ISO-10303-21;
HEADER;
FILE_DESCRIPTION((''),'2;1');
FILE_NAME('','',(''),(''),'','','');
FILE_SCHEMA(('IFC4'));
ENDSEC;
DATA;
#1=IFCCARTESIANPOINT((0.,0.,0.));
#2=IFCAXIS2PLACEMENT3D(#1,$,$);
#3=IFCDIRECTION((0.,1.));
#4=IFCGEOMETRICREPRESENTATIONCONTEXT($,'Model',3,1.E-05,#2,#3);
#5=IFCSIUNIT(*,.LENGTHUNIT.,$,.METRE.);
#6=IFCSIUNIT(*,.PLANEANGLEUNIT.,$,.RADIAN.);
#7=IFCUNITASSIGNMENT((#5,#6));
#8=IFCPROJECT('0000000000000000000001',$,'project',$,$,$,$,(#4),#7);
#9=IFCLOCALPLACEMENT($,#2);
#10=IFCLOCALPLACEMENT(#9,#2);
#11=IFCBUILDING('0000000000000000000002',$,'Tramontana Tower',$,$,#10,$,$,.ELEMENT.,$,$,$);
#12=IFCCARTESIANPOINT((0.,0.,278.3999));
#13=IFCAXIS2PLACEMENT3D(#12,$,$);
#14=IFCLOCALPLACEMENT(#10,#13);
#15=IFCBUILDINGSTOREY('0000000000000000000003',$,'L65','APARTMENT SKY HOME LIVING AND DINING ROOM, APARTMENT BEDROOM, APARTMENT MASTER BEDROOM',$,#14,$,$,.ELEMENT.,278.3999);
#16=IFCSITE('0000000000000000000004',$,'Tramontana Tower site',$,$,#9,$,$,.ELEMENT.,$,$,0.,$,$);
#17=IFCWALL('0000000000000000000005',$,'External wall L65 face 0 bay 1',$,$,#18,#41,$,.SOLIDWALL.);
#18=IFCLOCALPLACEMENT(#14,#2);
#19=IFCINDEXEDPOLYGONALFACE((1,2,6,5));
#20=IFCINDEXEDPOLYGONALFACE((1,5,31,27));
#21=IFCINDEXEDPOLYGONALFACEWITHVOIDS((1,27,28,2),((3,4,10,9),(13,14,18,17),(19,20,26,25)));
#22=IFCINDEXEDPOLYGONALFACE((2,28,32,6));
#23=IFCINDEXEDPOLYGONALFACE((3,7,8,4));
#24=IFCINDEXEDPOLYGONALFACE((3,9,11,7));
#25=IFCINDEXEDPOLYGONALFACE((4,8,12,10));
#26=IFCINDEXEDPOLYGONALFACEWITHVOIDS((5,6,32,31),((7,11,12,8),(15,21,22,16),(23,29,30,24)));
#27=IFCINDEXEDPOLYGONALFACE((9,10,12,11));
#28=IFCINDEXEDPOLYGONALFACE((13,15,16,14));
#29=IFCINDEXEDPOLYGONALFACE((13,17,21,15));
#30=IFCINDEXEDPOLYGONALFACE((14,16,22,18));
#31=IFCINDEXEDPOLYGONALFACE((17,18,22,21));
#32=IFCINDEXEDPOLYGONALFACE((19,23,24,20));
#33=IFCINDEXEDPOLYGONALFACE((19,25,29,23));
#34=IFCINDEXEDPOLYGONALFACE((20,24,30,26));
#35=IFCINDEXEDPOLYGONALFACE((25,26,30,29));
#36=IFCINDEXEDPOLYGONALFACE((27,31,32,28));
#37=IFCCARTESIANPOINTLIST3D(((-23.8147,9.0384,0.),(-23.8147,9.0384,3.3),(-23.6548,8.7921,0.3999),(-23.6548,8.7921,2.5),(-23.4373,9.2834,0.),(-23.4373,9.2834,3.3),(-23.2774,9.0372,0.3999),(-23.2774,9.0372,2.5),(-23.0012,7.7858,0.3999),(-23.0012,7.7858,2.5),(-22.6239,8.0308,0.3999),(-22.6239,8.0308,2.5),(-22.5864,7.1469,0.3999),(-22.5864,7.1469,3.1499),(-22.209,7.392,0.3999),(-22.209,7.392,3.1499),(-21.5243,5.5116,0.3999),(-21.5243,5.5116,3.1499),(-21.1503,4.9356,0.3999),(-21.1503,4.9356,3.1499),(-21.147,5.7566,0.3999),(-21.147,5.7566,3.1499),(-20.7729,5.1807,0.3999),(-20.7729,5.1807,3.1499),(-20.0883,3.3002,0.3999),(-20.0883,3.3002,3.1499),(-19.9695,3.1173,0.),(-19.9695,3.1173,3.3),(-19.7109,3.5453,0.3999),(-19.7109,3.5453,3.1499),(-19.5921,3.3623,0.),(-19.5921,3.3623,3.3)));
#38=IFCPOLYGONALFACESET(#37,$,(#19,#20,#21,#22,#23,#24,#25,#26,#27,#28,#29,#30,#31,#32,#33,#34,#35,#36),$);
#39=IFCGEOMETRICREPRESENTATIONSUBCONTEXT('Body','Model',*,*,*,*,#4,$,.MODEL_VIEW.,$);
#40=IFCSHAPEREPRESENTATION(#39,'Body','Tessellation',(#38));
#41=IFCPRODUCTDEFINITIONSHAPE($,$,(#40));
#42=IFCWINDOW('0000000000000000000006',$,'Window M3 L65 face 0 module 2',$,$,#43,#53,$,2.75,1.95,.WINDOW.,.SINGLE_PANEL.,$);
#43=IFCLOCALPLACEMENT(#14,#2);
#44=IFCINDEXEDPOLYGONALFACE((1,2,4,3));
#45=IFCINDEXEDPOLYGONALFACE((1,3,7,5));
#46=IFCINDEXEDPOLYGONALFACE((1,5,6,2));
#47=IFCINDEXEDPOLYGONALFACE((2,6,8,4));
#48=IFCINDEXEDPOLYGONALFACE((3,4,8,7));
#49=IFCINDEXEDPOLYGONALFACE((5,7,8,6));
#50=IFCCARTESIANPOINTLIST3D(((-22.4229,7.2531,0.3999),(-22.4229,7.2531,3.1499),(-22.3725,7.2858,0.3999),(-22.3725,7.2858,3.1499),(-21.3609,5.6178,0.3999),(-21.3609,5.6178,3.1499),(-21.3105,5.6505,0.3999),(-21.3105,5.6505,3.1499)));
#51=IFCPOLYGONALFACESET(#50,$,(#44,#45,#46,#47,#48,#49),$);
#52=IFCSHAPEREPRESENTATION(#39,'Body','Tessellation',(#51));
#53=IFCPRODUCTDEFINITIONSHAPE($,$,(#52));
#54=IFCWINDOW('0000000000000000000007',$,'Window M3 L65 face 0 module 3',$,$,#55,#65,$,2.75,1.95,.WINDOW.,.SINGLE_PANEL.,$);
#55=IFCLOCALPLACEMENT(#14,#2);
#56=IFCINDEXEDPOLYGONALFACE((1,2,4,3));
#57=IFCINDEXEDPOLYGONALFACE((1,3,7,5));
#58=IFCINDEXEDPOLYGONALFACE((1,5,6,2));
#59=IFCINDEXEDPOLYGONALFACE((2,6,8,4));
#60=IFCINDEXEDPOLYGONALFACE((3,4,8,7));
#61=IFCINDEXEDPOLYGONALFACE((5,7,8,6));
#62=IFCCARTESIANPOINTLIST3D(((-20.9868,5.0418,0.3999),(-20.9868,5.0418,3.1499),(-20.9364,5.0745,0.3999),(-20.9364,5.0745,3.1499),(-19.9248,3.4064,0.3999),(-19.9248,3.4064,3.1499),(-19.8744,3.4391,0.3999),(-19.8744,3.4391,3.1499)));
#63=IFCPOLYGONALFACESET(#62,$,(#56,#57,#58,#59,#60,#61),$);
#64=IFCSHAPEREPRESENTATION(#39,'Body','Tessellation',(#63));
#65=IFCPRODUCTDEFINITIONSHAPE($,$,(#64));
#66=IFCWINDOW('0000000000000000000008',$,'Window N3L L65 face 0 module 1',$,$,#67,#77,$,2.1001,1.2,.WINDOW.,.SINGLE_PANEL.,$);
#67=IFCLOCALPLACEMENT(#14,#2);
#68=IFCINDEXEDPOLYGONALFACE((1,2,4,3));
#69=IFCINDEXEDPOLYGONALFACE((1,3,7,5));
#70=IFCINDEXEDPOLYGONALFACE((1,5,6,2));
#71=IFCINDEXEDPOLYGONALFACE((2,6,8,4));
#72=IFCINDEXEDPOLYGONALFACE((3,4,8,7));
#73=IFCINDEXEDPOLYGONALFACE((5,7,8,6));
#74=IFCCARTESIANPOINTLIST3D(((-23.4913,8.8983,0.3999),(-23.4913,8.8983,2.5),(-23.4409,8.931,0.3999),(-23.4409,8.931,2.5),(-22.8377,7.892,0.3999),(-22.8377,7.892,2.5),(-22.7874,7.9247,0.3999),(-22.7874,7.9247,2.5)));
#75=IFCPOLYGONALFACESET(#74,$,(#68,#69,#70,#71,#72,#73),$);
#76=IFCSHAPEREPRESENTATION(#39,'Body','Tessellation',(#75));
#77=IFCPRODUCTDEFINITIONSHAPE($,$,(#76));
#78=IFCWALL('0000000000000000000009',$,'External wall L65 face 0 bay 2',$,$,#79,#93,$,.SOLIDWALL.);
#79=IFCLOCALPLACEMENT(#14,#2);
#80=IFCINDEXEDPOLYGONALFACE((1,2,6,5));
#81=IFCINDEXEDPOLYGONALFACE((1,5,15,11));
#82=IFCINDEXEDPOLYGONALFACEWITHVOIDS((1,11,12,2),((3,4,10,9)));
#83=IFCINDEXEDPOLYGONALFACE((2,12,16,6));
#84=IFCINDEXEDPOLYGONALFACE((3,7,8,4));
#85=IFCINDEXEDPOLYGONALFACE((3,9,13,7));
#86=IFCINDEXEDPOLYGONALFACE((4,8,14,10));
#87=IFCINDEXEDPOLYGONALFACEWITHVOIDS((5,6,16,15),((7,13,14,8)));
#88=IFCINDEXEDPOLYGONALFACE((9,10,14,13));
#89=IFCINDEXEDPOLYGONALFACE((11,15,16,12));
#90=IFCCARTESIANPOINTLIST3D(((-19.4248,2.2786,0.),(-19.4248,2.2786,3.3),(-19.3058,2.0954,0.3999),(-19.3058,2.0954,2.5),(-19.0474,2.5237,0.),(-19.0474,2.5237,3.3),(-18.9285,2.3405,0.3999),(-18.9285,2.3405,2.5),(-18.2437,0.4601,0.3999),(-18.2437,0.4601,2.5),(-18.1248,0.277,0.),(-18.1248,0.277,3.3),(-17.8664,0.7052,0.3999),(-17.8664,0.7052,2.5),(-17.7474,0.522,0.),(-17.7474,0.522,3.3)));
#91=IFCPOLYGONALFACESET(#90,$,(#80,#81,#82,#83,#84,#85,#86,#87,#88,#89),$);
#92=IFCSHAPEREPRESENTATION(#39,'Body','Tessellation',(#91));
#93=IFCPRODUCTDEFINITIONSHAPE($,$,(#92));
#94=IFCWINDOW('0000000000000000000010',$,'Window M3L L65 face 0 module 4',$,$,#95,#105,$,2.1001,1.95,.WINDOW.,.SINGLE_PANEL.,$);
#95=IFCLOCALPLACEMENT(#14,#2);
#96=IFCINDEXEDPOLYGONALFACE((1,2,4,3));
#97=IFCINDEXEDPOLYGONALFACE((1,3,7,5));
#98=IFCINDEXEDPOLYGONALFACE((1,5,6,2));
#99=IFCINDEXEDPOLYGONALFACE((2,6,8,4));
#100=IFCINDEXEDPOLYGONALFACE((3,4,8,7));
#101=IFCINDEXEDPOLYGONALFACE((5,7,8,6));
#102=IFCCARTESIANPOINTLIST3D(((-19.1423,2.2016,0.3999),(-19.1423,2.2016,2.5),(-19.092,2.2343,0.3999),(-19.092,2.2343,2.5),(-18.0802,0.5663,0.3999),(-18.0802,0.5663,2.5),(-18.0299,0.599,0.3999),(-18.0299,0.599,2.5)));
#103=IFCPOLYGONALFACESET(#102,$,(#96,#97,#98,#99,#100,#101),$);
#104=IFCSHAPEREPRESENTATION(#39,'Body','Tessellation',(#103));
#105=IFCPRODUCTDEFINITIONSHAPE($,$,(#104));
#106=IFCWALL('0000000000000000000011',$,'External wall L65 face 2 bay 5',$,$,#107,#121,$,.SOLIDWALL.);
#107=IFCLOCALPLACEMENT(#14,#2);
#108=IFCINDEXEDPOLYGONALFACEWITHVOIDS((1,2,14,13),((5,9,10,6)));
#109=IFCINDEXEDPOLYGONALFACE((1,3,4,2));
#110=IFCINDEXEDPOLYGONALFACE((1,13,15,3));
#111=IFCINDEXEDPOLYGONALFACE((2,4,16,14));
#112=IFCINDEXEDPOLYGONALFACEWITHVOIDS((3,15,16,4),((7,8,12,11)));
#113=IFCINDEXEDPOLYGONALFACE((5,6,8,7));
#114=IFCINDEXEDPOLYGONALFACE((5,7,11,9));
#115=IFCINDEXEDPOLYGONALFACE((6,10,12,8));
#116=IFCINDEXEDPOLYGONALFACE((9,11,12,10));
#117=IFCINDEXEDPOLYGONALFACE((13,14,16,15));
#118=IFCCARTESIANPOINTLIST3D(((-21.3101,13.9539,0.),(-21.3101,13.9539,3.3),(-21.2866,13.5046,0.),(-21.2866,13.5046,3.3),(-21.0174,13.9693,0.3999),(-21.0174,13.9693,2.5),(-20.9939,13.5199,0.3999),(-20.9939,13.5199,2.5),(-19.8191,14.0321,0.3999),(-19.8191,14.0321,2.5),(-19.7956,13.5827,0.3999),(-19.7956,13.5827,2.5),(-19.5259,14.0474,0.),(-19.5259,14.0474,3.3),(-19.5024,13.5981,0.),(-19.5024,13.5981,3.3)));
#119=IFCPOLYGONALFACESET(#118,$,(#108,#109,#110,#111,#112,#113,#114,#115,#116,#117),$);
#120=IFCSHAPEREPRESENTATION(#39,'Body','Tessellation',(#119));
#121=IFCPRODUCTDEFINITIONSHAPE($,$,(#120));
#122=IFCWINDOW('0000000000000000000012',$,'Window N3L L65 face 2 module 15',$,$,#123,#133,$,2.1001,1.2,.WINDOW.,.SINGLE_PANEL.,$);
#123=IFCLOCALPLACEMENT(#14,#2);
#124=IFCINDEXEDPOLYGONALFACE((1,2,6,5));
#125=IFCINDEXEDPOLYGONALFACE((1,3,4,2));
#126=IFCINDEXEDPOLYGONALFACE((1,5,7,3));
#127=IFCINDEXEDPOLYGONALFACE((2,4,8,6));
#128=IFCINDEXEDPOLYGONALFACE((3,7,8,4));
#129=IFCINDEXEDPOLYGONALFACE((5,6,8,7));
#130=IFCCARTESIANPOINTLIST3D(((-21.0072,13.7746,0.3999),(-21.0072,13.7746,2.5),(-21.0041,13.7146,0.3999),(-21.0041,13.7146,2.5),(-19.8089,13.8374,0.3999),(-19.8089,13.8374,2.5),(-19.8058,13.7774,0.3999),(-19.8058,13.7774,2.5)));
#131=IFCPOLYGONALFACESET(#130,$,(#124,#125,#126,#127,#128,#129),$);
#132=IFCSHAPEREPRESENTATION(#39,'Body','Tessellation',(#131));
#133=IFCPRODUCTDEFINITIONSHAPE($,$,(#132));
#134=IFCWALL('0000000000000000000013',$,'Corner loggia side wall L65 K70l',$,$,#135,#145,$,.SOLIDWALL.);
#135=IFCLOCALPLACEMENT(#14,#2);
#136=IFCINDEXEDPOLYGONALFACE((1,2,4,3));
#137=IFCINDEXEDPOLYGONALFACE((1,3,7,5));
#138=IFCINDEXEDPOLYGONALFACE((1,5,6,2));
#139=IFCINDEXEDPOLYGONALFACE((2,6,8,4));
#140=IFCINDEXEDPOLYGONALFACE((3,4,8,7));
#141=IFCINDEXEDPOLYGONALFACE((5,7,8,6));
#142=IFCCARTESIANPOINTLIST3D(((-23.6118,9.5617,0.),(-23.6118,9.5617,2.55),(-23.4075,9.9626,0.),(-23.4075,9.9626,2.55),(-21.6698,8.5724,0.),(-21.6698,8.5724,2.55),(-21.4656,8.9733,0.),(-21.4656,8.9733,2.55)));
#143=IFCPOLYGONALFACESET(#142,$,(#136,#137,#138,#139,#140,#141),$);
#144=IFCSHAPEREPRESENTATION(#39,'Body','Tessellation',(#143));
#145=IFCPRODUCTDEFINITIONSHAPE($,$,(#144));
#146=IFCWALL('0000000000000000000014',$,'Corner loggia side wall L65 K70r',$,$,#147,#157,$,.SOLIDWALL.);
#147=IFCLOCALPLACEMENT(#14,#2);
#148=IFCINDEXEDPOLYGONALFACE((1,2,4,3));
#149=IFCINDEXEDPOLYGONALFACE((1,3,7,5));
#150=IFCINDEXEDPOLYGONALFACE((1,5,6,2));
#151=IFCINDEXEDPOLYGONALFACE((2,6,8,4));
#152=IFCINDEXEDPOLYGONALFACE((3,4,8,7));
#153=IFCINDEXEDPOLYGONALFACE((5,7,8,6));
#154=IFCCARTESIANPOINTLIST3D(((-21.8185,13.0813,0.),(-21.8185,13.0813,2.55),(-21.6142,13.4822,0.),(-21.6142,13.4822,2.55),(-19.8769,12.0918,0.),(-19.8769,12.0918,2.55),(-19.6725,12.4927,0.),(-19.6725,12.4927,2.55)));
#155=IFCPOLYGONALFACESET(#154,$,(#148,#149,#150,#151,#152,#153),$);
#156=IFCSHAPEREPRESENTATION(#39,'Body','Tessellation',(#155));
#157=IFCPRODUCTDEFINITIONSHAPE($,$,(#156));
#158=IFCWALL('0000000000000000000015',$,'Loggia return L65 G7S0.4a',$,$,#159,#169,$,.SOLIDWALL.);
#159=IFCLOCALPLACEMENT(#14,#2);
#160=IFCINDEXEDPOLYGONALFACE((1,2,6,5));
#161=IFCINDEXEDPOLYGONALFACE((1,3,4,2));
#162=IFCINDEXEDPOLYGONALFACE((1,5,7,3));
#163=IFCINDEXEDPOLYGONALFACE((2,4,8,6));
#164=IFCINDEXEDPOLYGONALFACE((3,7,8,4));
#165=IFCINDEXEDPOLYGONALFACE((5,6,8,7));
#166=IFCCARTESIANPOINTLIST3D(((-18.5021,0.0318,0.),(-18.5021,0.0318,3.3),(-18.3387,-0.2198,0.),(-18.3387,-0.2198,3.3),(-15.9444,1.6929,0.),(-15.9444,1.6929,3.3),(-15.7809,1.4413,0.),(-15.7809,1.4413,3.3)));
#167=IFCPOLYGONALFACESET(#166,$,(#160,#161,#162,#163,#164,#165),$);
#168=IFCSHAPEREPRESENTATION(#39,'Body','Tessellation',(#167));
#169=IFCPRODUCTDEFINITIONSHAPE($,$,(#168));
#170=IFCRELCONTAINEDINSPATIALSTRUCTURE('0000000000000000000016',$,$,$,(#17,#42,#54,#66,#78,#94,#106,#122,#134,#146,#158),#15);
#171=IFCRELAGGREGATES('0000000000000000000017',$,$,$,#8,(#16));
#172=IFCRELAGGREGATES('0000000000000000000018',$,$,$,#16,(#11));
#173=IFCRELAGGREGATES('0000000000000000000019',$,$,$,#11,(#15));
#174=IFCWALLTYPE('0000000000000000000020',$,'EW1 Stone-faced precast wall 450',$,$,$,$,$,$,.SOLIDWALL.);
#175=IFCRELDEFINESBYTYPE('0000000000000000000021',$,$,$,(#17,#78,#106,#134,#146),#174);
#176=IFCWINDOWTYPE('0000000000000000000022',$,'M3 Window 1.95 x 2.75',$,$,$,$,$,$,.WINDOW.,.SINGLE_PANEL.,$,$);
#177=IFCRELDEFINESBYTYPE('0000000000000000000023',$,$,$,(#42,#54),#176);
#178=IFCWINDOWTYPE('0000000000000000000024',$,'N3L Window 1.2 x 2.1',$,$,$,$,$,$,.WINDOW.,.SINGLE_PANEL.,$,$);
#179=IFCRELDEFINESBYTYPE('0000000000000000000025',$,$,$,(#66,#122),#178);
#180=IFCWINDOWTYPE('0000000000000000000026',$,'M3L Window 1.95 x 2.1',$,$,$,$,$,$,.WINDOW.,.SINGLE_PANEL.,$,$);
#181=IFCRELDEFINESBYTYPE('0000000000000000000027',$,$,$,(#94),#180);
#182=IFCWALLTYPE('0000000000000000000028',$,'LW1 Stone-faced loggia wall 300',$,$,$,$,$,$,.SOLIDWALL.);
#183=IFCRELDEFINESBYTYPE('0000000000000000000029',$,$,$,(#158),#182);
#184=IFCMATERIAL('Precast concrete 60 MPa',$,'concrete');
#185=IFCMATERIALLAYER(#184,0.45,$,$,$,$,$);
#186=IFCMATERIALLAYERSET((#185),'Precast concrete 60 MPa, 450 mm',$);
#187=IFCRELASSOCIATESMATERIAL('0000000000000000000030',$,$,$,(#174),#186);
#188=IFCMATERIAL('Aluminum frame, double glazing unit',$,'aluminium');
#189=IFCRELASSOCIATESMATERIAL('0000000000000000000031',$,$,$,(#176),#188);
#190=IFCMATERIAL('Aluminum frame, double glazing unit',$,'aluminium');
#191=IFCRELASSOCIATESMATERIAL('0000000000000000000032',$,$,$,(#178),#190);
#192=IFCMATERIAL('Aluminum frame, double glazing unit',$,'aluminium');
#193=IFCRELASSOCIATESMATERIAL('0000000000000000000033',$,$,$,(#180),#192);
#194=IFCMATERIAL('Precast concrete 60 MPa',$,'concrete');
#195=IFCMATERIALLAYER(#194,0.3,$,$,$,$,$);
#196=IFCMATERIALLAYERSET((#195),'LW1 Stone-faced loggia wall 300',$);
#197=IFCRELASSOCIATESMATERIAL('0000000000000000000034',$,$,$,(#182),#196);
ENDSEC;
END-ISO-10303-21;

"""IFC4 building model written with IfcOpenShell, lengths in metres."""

from ifc_helpers import new_model, si_unit, direction, frame, frame_2d, origin, place, context, subcontext, project, spatial, rectangle, extrude, material, layer, layer_set, type_object, element, fill, save


model = new_model("IFC4")

# Units and contexts
model_context = context("Model", 3, precision=1e-05, world=origin(), true_north=direction((0.0, 1.0)))
body_context = subcontext(model_context, "Body", "Model", "MODEL_VIEW")
ifc_project = project(units=[si_unit("LENGTHUNIT", "METRE"), si_unit("PLANEANGLEUNIT", "RADIAN")], contexts=[model_context])

# Site, building, storey
site_placement = place(None, origin())
site = spatial("IfcSite", under=ifc_project, at=site_placement, Name="Tramontana Tower site", CompositionType="ELEMENT", RefElevation=0.0)
building_placement = place(site_placement, origin())
building = spatial("IfcBuilding", under=site, at=building_placement, Name="Tramontana Tower", CompositionType="ELEMENT")
storey_placement = place(building_placement, frame((0.0, 0.0, 278.3999)))
storey = spatial("IfcBuildingStorey", under=building, at=storey_placement, Name="L65", Description="APARTMENT SKY HOME LIVING AND DINING ROOM, APARTMENT BEDROOM, APARTMENT MASTER BEDROOM", CompositionType="ELEMENT", Elevation=278.3999)

# Wall, openings, windows
ifc_material_1 = material(Name="Precast concrete 60 MPa", Category="concrete")
ifc_layer_1 = layer(ifc_material_1, 0.45)
ifc_layer_set_1 = layer_set([ifc_layer_1], Name="Precast concrete 60 MPa, 450 mm")
wall_type_1 = type_object("IfcWallType", Name="EW1 Stone-faced precast wall 450", PredefinedType="SOLIDWALL", material=ifc_layer_set_1)
wall_1_placement = place(storey_placement, frame((-23.626, 9.1609, 0.0), z_axis=(0.0, 0.0, 1.0), x_axis=(0.544637, -0.838672, 0.0)))
wall_1 = element("IfcWall", 1, at=wall_1_placement, inside=storey, type_object=wall_type_1, Name="External wall L65 face 0 bay 1", PredefinedType="SOLIDWALL", context=body_context, shape_type="SweptSolid", body=[
    extrude(rectangle(XDim=7.0601, YDim=0.45, at=frame_2d((3.53, 0.0))), origin(), (0.0, 0.0, 1.0), 3.3),
])
opening_1_placement = place(wall_1_placement, frame((0.2935, 0.0, 0.3999)))
opening_1 = element("IfcOpeningElement", 2, at=opening_1_placement, cuts=wall_1, PredefinedType="OPENING", context=body_context, shape_type="SweptSolid", body=[
    extrude(rectangle(XDim=1.2, YDim=2.1001, at=frame_2d((0.6001, 1.05))), frame((0.0, 0.2349, 0.0), z_axis=(0.0, -1.0, 0.0), x_axis=(1.0, 0.0, 0.0)), (0.0, 0.0, 1.0), 0.47),
])
opening_2_placement = place(wall_1_placement, frame((2.2551, 0.0, 0.3999)))
opening_2 = element("IfcOpeningElement", 3, at=opening_2_placement, cuts=wall_1, PredefinedType="OPENING", context=body_context, shape_type="SweptSolid", body=[
    extrude(rectangle(XDim=1.95, YDim=2.75, at=frame_2d((0.9751, 1.375))), frame((0.0, 0.2349, 0.0), z_axis=(0.0, -1.0, 0.0), x_axis=(1.0, 0.0, 0.0)), (0.0, 0.0, 1.0), 0.47),
])
opening_3_placement = place(wall_1_placement, frame((4.8918, 0.0, 0.3999)))
opening_3 = element("IfcOpeningElement", 4, at=opening_3_placement, cuts=wall_1, PredefinedType="OPENING", context=body_context, shape_type="SweptSolid", body=[
    extrude(rectangle(XDim=1.95, YDim=2.75, at=frame_2d((0.9751, 1.375))), frame((0.0, 0.2349, 0.0), z_axis=(0.0, -1.0, 0.0), x_axis=(1.0, 0.0, 0.0)), (0.0, 0.0, 1.0), 0.47),
])
ifc_material_2 = material(Name="Aluminum frame, double glazing unit", Category="aluminium")
window_type_1 = type_object("IfcWindowType", Name="M3 Window 1.95 x 2.75", PartitioningType="SINGLE_PANEL", PredefinedType="WINDOW", material=ifc_material_2)
window_1_placement = place(opening_2_placement, origin())
window_1 = element("IfcWindow", 5, at=window_1_placement, inside=storey, type_object=window_type_1, Name="Window M3 L65 face 0 module 2", OverallHeight=2.75, OverallWidth=1.95, PartitioningType="SINGLE_PANEL", PredefinedType="WINDOW", context=body_context, shape_type="SweptSolid", body=[
    extrude(rectangle(XDim=1.95, YDim=2.75, at=frame_2d((0.9751, 1.375))), frame((0.0, 0.03, 0.0), z_axis=(0.0, -1.0, 0.0), x_axis=(1.0, 0.0, 0.0)), (0.0, 0.0, 1.0), 0.0601),
])
fill(opening_2, window_1)
window_2_placement = place(opening_3_placement, origin())
window_2 = element("IfcWindow", 6, at=window_2_placement, inside=storey, type_object=window_type_1, Name="Window M3 L65 face 0 module 3", OverallHeight=2.75, OverallWidth=1.95, PartitioningType="SINGLE_PANEL", PredefinedType="WINDOW", context=body_context, shape_type="SweptSolid", body=[
    extrude(rectangle(XDim=1.95, YDim=2.75, at=frame_2d((0.9751, 1.375))), frame((0.0, 0.03, 0.0), z_axis=(0.0, -1.0, 0.0), x_axis=(1.0, 0.0, 0.0)), (0.0, 0.0, 1.0), 0.0601),
])
fill(opening_3, window_2)
ifc_material_3 = material(Name="Aluminum frame, double glazing unit", Category="aluminium")
window_type_2 = type_object("IfcWindowType", Name="N3L Window 1.2 x 2.1", PartitioningType="SINGLE_PANEL", PredefinedType="WINDOW", material=ifc_material_3)
window_3_placement = place(opening_1_placement, origin())
window_3 = element("IfcWindow", 7, at=window_3_placement, inside=storey, type_object=window_type_2, Name="Window N3L L65 face 0 module 1", OverallHeight=2.1001, OverallWidth=1.2, PartitioningType="SINGLE_PANEL", PredefinedType="WINDOW", context=body_context, shape_type="SweptSolid", body=[
    extrude(rectangle(XDim=1.2, YDim=2.1001, at=frame_2d((0.6001, 1.05))), frame((0.0, 0.03, 0.0), z_axis=(0.0, -1.0, 0.0), x_axis=(1.0, 0.0, 0.0)), (0.0, 0.0, 1.0), 0.0601),
])
fill(opening_1, window_3)

# Walls, openings, windows
wall_2_placement = place(storey_placement, frame((-19.2361, 2.4011, 0.0), z_axis=(0.0, 0.0, 1.0), x_axis=(0.544676, -0.838647, 0.0)))
wall_2 = element("IfcWall", 8, at=wall_2_placement, inside=storey, type_object=wall_type_1, Name="External wall L65 face 0 bay 2", PredefinedType="SOLIDWALL", context=body_context, shape_type="SweptSolid", body=[
    extrude(rectangle(XDim=2.3867, YDim=0.45, at=frame_2d((1.1934, 0.0))), origin(), (0.0, 0.0, 1.0), 3.3),
])
opening_4_placement = place(wall_2_placement, frame((0.2183, 0.0, 0.3999)))
opening_4 = element("IfcOpeningElement", 9, at=opening_4_placement, cuts=wall_2, PredefinedType="OPENING", context=body_context, shape_type="SweptSolid", body=[
    extrude(rectangle(XDim=1.95, YDim=2.1001, at=frame_2d((0.9751, 1.05))), frame((0.0, 0.2349, 0.0), z_axis=(0.0, -1.0, 0.0), x_axis=(1.0, 0.0, 0.0)), (0.0, 0.0, 1.0), 0.47),
])
ifc_material_4 = material(Name="Aluminum frame, double glazing unit", Category="aluminium")
window_type_3 = type_object("IfcWindowType", Name="M3L Window 1.95 x 2.1", PartitioningType="SINGLE_PANEL", PredefinedType="WINDOW", material=ifc_material_4)
window_4_placement = place(opening_4_placement, origin())
window_4 = element("IfcWindow", 10, at=window_4_placement, inside=storey, type_object=window_type_3, Name="Window M3L L65 face 0 module 4", OverallHeight=2.1001, OverallWidth=1.95, PartitioningType="SINGLE_PANEL", PredefinedType="WINDOW", context=body_context, shape_type="SweptSolid", body=[
    extrude(rectangle(XDim=1.95, YDim=2.1001, at=frame_2d((0.9751, 1.05))), frame((0.0, 0.03, 0.0), z_axis=(0.0, -1.0, 0.0), x_axis=(1.0, 0.0, 0.0)), (0.0, 0.0, 1.0), 0.0601),
])
fill(opening_4, window_4)
wall_3_placement = place(storey_placement, frame((-19.5142, 13.8228, 0.0), z_axis=(0.0, 0.0, 1.0), x_axis=(-0.99863, -0.052336, 0.0)))
wall_3 = element("IfcWall", 11, at=wall_3_placement, inside=storey, type_object=wall_type_1, Name="External wall L65 face 2 bay 5", PredefinedType="SOLIDWALL", context=body_context, shape_type="SweptSolid", body=[
    extrude(rectangle(XDim=1.7866, YDim=0.45, at=frame_2d((0.8933, 0.0))), origin(), (0.0, 0.0, 1.0), 3.3),
])
opening_5_placement = place(wall_3_placement, frame((0.2935, 0.0, 0.3999)))
opening_5 = element("IfcOpeningElement", 12, at=opening_5_placement, cuts=wall_3, PredefinedType="OPENING", context=body_context, shape_type="SweptSolid", body=[
    extrude(rectangle(XDim=1.2, YDim=2.1001, at=frame_2d((0.6001, 1.05))), frame((0.0, 0.2349, 0.0), z_axis=(0.0, -1.0, 0.0), x_axis=(1.0, 0.0, 0.0)), (0.0, 0.0, 1.0), 0.47),
])
window_5_placement = place(opening_5_placement, origin())
window_5 = element("IfcWindow", 13, at=window_5_placement, inside=storey, type_object=window_type_2, Name="Window N3L L65 face 2 module 15", OverallHeight=2.1001, OverallWidth=1.2, PartitioningType="SINGLE_PANEL", PredefinedType="WINDOW", context=body_context, shape_type="SweptSolid", body=[
    extrude(rectangle(XDim=1.2, YDim=2.1001, at=frame_2d((0.6001, 1.05))), frame((0.0, 0.03, 0.0), z_axis=(0.0, -1.0, 0.0), x_axis=(1.0, 0.0, 0.0)), (0.0, 0.0, 1.0), 0.0601),
])
fill(opening_5, window_5)

# Walls
wall_4_placement = place(storey_placement, frame((-23.5098, 9.7622, 0.0), z_axis=(0.0, 0.0, 1.0), x_axis=(0.891041, -0.453922, 0.0)))
element("IfcWall", 14, at=wall_4_placement, inside=storey, type_object=wall_type_1, Name="Corner loggia side wall L65 K70l", PredefinedType="SOLIDWALL", context=body_context, shape_type="SweptSolid", body=[
    extrude(rectangle(XDim=2.1794, YDim=0.45, at=frame_2d((1.0898, 0.0))), origin(), (0.0, 0.0, 1.0), 2.55),
])
wall_5_placement = place(storey_placement, frame((-21.7163, 13.2817, 0.0), z_axis=(0.0, 0.0, 1.0), x_axis=(0.890973, -0.454057, 0.0)))
element("IfcWall", 15, at=wall_5_placement, inside=storey, type_object=wall_type_1, Name="Corner loggia side wall L65 K70r", PredefinedType="SOLIDWALL", context=body_context, shape_type="SweptSolid", body=[
    extrude(rectangle(XDim=2.1792, YDim=0.45, at=frame_2d((1.0896, 0.0))), origin(), (0.0, 0.0, 1.0), 2.55),
])

# Wall
ifc_material_5 = material(Name="Precast concrete 60 MPa", Category="concrete")
ifc_layer_2 = layer(ifc_material_5, 0.3)
ifc_layer_set_2 = layer_set([ifc_layer_2], Name="LW1 Stone-faced loggia wall 300")
wall_type_2 = type_object("IfcWallType", Name="LW1 Stone-faced loggia wall 300", PredefinedType="SOLIDWALL", material=ifc_layer_set_2)
wall_6_placement = place(storey_placement, frame((-18.4204, -0.094, 0.0), z_axis=(0.0, 0.0, 1.0), x_axis=(0.838665, 0.544648, 0.0)))
element("IfcWall", 16, at=wall_6_placement, inside=storey, type_object=wall_type_2, Name="Loggia return L65 G7S0.4a", PredefinedType="SOLIDWALL", context=body_context, shape_type="SweptSolid", body=[
    extrude(rectangle(XDim=3.0498, YDim=0.3, at=frame_2d((1.5249, 0.0))), origin(), (0.0, 0.0, 1.0), 3.3),
])

save(model, "model.ifc")
